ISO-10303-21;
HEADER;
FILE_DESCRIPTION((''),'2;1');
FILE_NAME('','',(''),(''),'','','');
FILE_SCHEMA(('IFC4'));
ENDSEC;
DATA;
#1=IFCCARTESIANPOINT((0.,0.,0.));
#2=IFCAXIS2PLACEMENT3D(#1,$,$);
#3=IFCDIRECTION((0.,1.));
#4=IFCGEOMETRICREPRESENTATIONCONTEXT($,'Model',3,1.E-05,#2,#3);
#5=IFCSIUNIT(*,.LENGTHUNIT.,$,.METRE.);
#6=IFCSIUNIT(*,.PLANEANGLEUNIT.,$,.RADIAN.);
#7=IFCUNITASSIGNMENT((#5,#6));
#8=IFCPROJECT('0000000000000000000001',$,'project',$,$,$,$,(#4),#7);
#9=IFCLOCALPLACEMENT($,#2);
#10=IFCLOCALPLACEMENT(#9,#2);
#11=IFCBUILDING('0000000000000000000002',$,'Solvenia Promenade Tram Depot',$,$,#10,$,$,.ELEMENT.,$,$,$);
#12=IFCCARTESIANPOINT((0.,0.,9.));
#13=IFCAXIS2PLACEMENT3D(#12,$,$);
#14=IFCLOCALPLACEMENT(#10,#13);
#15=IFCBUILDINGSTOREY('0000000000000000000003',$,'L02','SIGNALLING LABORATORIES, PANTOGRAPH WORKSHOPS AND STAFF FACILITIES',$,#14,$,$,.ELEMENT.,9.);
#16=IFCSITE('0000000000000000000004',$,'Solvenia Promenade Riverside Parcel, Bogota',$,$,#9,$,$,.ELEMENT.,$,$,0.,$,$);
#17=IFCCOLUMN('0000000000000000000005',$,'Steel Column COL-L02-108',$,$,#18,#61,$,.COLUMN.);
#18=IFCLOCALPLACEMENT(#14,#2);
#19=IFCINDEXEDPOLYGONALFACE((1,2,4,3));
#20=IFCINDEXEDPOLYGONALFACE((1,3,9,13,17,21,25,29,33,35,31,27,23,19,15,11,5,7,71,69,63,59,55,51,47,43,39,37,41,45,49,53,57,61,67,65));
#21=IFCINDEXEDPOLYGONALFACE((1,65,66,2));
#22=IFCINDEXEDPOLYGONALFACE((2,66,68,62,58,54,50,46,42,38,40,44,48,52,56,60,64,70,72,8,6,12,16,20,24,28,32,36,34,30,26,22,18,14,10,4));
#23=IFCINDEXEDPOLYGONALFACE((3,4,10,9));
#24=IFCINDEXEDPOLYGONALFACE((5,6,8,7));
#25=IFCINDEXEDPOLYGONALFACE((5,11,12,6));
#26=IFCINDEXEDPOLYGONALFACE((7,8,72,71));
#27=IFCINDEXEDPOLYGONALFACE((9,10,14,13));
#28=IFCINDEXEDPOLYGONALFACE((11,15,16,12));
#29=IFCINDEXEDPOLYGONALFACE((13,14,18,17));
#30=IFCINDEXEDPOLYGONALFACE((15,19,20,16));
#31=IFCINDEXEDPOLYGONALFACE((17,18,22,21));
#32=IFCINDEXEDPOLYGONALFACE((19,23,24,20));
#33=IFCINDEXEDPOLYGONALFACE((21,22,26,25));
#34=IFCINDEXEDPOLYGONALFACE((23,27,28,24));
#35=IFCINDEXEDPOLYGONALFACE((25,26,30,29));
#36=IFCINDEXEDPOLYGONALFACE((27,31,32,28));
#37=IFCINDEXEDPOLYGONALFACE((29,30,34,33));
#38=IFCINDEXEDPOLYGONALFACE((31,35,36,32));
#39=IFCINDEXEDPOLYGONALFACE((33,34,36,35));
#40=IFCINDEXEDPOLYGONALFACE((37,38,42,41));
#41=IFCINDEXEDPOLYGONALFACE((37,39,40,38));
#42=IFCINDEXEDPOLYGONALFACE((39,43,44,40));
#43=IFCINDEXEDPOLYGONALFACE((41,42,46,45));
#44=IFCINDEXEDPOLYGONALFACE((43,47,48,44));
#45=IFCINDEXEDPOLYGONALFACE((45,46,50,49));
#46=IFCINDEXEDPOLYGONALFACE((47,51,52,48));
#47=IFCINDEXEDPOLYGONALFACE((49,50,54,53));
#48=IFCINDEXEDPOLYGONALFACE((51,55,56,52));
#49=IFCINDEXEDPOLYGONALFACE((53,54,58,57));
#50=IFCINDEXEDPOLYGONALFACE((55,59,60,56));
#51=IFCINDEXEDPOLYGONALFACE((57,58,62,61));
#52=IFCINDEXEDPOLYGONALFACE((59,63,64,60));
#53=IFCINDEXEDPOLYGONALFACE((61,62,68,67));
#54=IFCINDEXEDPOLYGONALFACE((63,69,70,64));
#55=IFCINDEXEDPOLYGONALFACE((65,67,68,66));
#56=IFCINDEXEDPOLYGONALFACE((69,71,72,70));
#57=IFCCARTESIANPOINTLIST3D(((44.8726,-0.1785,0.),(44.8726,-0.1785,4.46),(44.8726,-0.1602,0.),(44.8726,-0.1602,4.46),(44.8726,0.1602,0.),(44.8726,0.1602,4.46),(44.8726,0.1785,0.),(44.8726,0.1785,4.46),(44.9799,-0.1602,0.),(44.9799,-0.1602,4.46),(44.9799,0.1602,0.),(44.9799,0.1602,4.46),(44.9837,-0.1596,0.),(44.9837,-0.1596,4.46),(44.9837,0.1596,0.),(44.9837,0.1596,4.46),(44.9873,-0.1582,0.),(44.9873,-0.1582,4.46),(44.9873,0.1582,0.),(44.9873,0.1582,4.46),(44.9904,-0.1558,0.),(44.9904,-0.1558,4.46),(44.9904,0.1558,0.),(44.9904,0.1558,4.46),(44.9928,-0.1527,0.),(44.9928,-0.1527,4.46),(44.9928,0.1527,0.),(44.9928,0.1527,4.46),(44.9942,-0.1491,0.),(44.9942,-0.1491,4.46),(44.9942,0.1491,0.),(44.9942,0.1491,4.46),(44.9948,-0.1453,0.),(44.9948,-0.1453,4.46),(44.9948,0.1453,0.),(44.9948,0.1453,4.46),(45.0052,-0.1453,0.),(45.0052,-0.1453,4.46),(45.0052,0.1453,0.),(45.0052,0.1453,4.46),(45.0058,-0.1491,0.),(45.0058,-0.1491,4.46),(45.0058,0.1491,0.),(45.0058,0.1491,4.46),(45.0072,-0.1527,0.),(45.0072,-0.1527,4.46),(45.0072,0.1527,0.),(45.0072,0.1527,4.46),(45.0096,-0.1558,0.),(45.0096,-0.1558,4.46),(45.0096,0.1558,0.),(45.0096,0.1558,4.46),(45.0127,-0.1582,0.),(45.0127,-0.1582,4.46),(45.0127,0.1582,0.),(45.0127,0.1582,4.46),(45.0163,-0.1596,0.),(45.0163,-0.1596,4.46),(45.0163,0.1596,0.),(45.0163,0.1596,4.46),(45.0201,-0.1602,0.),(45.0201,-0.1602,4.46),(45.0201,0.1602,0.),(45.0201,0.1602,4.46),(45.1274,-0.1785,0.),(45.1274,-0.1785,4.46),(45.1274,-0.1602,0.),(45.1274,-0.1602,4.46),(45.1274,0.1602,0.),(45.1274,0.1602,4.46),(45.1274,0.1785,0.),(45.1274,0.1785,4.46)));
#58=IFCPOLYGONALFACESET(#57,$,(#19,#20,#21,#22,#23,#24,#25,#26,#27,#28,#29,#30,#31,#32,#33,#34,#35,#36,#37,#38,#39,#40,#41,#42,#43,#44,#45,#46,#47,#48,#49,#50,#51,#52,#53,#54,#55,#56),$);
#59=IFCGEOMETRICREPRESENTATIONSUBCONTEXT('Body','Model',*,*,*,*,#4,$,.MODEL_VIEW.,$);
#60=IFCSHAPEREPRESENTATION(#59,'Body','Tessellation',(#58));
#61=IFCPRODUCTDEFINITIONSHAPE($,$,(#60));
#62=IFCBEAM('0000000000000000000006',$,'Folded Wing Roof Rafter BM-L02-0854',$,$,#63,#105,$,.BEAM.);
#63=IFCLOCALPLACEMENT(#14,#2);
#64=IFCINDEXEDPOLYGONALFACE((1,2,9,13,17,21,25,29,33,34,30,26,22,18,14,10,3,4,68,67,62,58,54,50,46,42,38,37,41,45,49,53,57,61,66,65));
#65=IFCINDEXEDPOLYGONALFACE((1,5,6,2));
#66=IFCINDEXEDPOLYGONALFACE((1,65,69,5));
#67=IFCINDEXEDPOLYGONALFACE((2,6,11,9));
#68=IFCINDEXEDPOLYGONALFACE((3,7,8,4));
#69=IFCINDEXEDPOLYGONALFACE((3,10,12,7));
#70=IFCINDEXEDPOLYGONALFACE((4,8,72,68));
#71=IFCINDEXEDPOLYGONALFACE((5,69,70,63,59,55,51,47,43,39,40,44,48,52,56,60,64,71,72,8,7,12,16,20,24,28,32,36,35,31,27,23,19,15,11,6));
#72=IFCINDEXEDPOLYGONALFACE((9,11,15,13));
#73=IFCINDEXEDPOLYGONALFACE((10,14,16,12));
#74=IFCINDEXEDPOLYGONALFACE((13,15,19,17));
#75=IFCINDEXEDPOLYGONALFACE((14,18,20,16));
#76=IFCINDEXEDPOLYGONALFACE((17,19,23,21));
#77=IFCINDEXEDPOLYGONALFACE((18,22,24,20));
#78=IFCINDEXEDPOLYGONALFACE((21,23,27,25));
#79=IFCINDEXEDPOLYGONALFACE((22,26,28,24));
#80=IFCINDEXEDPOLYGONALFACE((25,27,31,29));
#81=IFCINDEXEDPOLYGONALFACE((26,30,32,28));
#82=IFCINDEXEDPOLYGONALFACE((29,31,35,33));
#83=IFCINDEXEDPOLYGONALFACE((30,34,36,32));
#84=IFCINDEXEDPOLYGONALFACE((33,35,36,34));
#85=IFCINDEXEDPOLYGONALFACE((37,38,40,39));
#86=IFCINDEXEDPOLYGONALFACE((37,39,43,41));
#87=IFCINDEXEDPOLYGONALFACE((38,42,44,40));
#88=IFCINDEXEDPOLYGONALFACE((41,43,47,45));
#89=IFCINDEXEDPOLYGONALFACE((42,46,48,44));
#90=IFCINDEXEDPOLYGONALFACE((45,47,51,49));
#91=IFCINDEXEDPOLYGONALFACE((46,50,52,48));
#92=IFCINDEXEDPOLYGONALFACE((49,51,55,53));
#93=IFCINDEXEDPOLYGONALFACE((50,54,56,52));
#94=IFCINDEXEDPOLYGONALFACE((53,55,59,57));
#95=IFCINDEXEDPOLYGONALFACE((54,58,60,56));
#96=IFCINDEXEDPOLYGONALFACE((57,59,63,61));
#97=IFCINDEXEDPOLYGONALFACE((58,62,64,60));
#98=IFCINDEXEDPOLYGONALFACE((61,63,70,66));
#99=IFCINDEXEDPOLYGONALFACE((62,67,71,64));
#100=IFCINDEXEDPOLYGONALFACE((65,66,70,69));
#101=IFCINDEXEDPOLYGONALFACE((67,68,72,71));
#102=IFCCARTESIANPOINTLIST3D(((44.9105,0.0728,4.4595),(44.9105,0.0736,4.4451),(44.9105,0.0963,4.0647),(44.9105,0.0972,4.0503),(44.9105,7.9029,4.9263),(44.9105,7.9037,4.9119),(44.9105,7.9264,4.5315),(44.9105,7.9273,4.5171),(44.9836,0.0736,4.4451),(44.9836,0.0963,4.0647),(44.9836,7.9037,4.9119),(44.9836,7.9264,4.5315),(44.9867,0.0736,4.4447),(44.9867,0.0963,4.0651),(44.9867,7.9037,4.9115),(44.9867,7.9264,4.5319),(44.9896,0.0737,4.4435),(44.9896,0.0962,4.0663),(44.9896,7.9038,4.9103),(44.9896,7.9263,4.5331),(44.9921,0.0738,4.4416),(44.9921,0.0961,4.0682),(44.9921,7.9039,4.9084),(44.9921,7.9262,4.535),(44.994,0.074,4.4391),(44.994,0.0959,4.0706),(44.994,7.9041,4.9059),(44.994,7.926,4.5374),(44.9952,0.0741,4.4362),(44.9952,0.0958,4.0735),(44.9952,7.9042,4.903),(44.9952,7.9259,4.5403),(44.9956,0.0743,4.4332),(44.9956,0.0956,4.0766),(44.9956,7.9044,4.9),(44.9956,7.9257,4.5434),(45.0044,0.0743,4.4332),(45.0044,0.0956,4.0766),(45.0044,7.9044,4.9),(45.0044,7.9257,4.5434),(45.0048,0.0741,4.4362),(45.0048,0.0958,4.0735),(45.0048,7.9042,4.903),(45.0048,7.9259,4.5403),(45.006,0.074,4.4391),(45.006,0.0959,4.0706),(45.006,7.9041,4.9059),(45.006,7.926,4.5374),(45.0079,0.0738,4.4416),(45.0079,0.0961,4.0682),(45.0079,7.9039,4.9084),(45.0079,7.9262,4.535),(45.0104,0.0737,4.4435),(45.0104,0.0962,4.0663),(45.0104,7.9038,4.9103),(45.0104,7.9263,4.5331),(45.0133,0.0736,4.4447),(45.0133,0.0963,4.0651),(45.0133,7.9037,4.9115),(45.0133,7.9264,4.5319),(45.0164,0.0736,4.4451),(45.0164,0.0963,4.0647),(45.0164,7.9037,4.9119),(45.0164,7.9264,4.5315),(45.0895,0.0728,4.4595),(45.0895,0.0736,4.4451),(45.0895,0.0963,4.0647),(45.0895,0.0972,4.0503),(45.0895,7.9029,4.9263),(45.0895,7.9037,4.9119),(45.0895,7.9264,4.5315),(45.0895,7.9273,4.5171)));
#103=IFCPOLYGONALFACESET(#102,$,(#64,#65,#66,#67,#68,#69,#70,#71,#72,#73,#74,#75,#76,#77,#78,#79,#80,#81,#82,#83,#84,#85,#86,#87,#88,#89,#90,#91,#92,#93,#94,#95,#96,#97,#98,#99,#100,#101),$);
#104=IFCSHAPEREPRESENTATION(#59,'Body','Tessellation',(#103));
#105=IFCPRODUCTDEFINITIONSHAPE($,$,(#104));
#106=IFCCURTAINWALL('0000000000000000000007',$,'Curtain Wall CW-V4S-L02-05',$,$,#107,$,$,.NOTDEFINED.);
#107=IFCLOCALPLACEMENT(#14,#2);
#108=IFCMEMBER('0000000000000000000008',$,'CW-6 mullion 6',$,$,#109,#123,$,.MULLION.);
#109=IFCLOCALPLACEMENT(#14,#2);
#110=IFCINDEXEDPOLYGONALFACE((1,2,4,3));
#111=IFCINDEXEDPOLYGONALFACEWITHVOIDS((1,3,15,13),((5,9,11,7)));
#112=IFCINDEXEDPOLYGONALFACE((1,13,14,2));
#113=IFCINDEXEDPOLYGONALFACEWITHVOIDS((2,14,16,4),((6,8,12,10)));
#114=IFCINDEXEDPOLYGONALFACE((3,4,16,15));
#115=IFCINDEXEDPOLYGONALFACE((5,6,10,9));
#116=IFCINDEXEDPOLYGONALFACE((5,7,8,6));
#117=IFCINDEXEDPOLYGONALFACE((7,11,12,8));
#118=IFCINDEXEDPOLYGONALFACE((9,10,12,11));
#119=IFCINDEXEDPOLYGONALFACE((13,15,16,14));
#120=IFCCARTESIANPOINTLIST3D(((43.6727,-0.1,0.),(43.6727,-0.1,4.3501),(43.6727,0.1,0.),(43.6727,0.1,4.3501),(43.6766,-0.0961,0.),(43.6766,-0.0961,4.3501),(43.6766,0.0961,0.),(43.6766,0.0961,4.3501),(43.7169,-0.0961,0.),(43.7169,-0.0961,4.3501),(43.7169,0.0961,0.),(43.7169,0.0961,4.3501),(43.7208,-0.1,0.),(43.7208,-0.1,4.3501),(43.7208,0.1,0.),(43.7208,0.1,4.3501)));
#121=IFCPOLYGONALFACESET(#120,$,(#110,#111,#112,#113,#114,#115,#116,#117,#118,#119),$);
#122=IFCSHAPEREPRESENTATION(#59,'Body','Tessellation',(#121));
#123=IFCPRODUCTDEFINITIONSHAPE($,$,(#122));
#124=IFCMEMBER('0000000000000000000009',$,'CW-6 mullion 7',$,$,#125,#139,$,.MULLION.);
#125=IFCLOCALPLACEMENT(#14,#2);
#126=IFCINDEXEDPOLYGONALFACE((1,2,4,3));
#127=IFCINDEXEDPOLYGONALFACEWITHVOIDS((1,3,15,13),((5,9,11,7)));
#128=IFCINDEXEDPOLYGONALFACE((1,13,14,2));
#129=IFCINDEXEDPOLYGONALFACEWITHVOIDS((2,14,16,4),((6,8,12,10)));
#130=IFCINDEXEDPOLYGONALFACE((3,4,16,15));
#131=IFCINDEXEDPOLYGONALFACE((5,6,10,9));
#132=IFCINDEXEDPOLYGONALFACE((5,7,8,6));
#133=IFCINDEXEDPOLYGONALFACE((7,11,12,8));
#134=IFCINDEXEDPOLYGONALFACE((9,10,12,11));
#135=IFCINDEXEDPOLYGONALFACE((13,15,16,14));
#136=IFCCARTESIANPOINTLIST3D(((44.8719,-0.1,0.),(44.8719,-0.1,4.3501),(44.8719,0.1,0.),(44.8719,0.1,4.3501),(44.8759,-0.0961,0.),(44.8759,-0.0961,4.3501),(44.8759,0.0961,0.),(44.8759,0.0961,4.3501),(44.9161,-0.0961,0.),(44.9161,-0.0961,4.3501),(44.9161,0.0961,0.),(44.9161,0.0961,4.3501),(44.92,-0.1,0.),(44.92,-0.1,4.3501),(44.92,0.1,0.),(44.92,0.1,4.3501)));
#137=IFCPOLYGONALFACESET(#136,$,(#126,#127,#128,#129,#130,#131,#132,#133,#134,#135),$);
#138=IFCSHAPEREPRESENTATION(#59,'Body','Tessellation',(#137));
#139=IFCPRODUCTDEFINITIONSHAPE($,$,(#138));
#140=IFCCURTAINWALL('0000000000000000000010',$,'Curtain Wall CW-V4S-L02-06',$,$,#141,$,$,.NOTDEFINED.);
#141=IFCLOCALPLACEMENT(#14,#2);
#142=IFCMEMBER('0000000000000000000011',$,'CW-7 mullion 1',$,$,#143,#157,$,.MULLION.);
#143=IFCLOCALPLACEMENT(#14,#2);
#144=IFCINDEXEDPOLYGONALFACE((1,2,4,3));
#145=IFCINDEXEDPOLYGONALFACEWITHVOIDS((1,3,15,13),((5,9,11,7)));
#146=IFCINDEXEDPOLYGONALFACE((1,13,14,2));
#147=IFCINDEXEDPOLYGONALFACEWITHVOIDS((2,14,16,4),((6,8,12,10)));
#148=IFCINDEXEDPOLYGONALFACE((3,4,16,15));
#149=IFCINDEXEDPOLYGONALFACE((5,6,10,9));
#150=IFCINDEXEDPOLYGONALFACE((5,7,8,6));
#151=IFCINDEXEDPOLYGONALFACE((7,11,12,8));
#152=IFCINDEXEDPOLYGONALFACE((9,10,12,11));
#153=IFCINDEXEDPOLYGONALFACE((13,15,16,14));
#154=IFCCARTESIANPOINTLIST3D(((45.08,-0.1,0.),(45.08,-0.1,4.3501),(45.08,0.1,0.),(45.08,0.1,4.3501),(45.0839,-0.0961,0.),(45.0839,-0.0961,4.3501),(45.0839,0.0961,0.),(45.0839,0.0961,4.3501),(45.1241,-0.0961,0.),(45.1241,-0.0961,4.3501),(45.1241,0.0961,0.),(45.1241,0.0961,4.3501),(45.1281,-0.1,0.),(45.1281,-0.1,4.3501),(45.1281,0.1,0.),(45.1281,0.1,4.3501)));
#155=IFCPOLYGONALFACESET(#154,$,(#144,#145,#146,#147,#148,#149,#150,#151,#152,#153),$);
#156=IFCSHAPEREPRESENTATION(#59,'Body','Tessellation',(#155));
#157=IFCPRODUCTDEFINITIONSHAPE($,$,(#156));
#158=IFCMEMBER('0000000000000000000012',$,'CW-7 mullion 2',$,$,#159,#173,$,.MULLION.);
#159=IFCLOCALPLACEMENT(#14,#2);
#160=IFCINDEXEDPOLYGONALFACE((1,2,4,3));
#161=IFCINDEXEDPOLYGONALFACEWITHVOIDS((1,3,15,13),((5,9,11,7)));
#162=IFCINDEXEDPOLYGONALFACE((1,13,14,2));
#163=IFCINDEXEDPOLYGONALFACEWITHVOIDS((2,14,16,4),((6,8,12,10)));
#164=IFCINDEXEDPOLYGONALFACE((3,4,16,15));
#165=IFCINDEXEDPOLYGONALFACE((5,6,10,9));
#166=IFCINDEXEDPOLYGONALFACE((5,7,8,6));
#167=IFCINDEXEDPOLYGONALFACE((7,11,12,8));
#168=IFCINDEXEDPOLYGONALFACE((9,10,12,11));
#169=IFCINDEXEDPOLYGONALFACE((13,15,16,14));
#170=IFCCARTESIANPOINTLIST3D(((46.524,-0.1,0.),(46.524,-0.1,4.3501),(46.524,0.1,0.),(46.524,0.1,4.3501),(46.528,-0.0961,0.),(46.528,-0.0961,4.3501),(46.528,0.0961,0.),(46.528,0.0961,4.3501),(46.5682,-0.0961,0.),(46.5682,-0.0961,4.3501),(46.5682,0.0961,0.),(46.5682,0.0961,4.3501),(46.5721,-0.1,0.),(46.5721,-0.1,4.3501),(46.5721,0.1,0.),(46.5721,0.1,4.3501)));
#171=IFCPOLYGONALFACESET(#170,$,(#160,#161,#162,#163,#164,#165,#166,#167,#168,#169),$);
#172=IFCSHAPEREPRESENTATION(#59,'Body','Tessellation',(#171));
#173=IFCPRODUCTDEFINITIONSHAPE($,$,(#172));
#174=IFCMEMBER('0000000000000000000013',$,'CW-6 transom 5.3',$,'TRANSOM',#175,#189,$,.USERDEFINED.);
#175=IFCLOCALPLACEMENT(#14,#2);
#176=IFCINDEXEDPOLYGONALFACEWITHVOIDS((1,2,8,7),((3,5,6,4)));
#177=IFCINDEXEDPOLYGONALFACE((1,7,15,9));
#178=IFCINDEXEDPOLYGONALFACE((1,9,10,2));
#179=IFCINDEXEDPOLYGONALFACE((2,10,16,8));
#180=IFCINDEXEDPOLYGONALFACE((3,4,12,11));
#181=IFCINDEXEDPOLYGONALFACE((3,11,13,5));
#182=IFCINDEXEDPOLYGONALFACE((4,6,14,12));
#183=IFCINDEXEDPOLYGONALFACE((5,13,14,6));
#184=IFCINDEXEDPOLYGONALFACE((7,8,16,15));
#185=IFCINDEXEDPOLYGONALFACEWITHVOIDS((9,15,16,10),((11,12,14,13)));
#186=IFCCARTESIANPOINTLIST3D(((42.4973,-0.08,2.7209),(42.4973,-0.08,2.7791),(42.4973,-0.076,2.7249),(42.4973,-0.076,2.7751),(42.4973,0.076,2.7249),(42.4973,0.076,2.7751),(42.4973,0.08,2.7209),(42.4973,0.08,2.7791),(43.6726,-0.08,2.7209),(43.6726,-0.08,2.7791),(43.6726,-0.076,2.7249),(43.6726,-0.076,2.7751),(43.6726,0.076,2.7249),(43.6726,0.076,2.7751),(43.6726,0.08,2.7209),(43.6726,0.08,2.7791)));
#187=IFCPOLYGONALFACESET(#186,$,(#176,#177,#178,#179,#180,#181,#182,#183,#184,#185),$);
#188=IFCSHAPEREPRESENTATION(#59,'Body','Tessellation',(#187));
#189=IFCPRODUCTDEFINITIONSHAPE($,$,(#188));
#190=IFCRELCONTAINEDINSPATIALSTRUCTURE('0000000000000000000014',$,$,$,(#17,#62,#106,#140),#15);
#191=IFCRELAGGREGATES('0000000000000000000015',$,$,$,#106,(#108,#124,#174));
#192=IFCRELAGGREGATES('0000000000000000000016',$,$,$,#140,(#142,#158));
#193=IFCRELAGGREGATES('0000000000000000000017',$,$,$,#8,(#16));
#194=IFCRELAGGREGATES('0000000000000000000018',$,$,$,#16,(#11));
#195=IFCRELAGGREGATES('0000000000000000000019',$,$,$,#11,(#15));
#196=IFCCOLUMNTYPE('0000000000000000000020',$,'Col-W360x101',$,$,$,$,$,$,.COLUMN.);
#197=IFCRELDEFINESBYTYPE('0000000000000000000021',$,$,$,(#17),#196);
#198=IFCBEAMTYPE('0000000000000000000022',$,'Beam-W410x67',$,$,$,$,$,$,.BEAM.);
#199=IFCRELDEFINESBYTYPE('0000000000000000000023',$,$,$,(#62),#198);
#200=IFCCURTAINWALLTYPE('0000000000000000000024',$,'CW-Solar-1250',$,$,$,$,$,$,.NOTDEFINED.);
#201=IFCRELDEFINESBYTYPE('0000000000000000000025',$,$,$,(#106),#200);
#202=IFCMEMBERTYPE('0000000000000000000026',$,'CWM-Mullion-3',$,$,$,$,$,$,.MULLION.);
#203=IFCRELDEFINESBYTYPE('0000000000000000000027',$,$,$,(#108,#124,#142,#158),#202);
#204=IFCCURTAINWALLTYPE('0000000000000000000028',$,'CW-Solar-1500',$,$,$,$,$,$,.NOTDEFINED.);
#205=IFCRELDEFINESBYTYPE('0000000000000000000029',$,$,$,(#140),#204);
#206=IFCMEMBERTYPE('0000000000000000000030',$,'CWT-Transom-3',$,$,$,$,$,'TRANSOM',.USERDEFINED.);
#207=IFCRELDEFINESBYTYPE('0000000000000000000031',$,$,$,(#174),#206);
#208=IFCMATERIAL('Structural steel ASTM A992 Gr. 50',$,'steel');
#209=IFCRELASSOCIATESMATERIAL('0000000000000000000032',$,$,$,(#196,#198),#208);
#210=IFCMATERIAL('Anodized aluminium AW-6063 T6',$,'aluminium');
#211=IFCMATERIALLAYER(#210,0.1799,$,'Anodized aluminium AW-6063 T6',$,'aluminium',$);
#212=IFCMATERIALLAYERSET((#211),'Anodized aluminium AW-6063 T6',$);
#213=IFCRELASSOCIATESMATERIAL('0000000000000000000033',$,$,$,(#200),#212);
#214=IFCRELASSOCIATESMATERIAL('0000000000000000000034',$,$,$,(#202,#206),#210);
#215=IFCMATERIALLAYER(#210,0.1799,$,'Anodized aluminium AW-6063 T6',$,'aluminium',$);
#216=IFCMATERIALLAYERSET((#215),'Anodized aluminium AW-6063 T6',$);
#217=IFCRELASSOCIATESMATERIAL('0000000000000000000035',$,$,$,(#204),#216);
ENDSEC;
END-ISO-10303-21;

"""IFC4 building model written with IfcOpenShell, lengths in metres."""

from ifc_helpers import new_model, si_unit, direction, frame, origin, origin_2d, place, context, subcontext, project, spatial, hollow_rectangle, i_section, extrude, material, layer, layer_set, material_profile, profile_set, type_object, element, aggregate, save


model = new_model("IFC4")

# Units and contexts
model_context = context("Model", 3, precision=1e-05, world=origin(), true_north=direction((0.0, 1.0)))
body_context = subcontext(model_context, "Body", "Model", "MODEL_VIEW")
ifc_project = project(units=[si_unit("LENGTHUNIT", "METRE"), si_unit("PLANEANGLEUNIT", "RADIAN")], contexts=[model_context])

# Site, building, storey
site_placement = place(None, origin())
site = spatial("IfcSite", under=ifc_project, at=site_placement, Name="Solvenia Promenade Riverside Parcel, Bogota", CompositionType="ELEMENT", RefElevation=0.0)
building_placement = place(site_placement, origin())
building = spatial("IfcBuilding", under=site, at=building_placement, Name="Solvenia Promenade Tram Depot", CompositionType="ELEMENT")
storey_placement = place(building_placement, frame((0.0, 0.0, 9.0)))
storey = spatial("IfcBuildingStorey", under=building, at=storey_placement, Name="L02", Description="SIGNALLING LABORATORIES, PANTOGRAPH WORKSHOPS AND STAFF FACILITIES", CompositionType="ELEMENT", Elevation=9.0)

# Column
ifc_material_1 = material(Name="Structural steel ASTM A992 Gr. 50", Category="steel")
ifc_material_profile_1 = material_profile(ifc_material_1, i_section(OverallWidth=0.2549, OverallDepth=0.3569, WebThickness=0.0105, FlangeThickness=0.0183, FilletRadius=0.0149, at=origin_2d()), Name="W360x101", Category="steel")
ifc_profile_set_1 = profile_set([ifc_material_profile_1], Name="Structural steel ASTM A992 Gr. 50")
column_type = type_object("IfcColumnType", Name="Col-W360x101", PredefinedType="COLUMN", material=ifc_profile_set_1)
column_placement = place(storey_placement, frame((45.0, 0.0, 0.0), z_axis=(0.0, 0.0, 1.0), x_axis=(1.0, 0.0, 0.0)))
element("IfcColumn", 1, at=column_placement, inside=storey, type_object=column_type, Name="Steel Column COL-L02-108", PredefinedType="COLUMN", context=body_context, shape_type="SweptSolid", body=[
    extrude(i_section(OverallWidth=0.2549, OverallDepth=0.3569, WebThickness=0.0105, FlangeThickness=0.0183, FilletRadius=0.0149, at=origin_2d()), origin(), (0.0, 0.0, 1.0), 4.46),
])

# Beam
ifc_material_profile_2 = material_profile(ifc_material_1, i_section(OverallWidth=0.179, OverallDepth=0.4099, WebThickness=0.0088, FlangeThickness=0.0144, FilletRadius=0.012, at=origin_2d()), Name="W410x67", Category="steel")
ifc_profile_set_2 = profile_set([ifc_material_profile_2], Name="Structural steel ASTM A992 Gr. 50")
beam_type_1 = type_object("IfcBeamType", Name="Beam-W410x67", PredefinedType="BEAM", material=ifc_profile_set_2)
beam_1_placement = place(storey_placement, frame((45.0, 0.085, 4.2549), z_axis=(0.0, 0.998228, 0.05951), x_axis=(-1.0, 0.0, 0.0)))
element("IfcBeam", 2, at=beam_1_placement, inside=storey, type_object=beam_type_1, Name="Folded Wing Roof Rafter BM-L02-0854", PredefinedType="BEAM", context=body_context, shape_type="SweptSolid", body=[
    extrude(i_section(OverallWidth=0.179, OverallDepth=0.4099, WebThickness=0.0088, FlangeThickness=0.0144, FilletRadius=0.012, at=origin_2d()), origin(), (0.0, 0.0, 1.0), 7.844),
])

# Curtain walls, members
ifc_material_2 = material(Name="Anodized aluminium AW-6063 T6", Category="aluminium")
ifc_layer_1 = layer(ifc_material_2, 0.1799, Name="Anodized aluminium AW-6063 T6", Category="aluminium")
ifc_layer_set_1 = layer_set([ifc_layer_1], Name="Anodized aluminium AW-6063 T6")
curtain_wall_type_1 = type_object("IfcCurtainWallType", Name="CW-Solar-1250", PredefinedType="NOTDEFINED", material=ifc_layer_set_1)
curtain_wall_1_placement = place(storey_placement, origin())
curtain_wall_1 = element("IfcCurtainWall", 3, at=curtain_wall_1_placement, inside=storey, type_object=curtain_wall_type_1, Name="Curtain Wall CW-V4S-L02-05", PredefinedType="NOTDEFINED")
ifc_material_profile_3 = material_profile(ifc_material_2, hollow_rectangle(XDim=0.2, YDim=0.0481, WallThickness=0.0039, at=origin_2d()), Name="ALU-M3", Category="aluminium")
ifc_profile_set_3 = profile_set([ifc_material_profile_3], Name="Anodized aluminium AW-6063 T6")
member_type_1 = type_object("IfcMemberType", Name="CWM-Mullion-3", PredefinedType="MULLION", material=ifc_profile_set_3)
member_1_placement = place(storey_placement, frame((43.6968, 0.0, 0.0), z_axis=(0.0, 0.0, 1.0), x_axis=(0.0, 1.0, 0.0)))
member_1 = element("IfcMember", 4, at=member_1_placement, type_object=member_type_1, Name="CW-6 mullion 6", PredefinedType="MULLION", context=body_context, shape_type="SweptSolid", body=[
    extrude(hollow_rectangle(XDim=0.2, YDim=0.0481, WallThickness=0.0039, at=origin_2d()), origin(), (0.0, 0.0, 1.0), 4.3501),
])
member_2_placement = place(storey_placement, frame((44.896, 0.0, 0.0), z_axis=(0.0, 0.0, 1.0), x_axis=(0.0, 1.0, 0.0)))
member_2 = element("IfcMember", 5, at=member_2_placement, type_object=member_type_1, Name="CW-6 mullion 7", PredefinedType="MULLION", context=body_context, shape_type="SweptSolid", body=[
    extrude(hollow_rectangle(XDim=0.2, YDim=0.0481, WallThickness=0.0039, at=origin_2d()), origin(), (0.0, 0.0, 1.0), 4.3501),
])
ifc_layer_2 = layer(ifc_material_2, 0.1799, Name="Anodized aluminium AW-6063 T6", Category="aluminium")
ifc_layer_set_2 = layer_set([ifc_layer_2], Name="Anodized aluminium AW-6063 T6")
curtain_wall_type_2 = type_object("IfcCurtainWallType", Name="CW-Solar-1500", PredefinedType="NOTDEFINED", material=ifc_layer_set_2)
curtain_wall_2_placement = place(storey_placement, origin())
curtain_wall_2 = element("IfcCurtainWall", 6, at=curtain_wall_2_placement, inside=storey, type_object=curtain_wall_type_2, Name="Curtain Wall CW-V4S-L02-06", PredefinedType="NOTDEFINED")
member_3_placement = place(storey_placement, frame((45.104, 0.0, 0.0), z_axis=(0.0, 0.0, 1.0), x_axis=(0.0, 1.0, 0.0)))
member_3 = element("IfcMember", 7, at=member_3_placement, type_object=member_type_1, Name="CW-7 mullion 1", PredefinedType="MULLION", context=body_context, shape_type="SweptSolid", body=[
    extrude(hollow_rectangle(XDim=0.2, YDim=0.0481, WallThickness=0.0039, at=origin_2d()), origin(), (0.0, 0.0, 1.0), 4.3501),
])
member_4_placement = place(storey_placement, frame((46.5481, 0.0, 0.0), z_axis=(0.0, 0.0, 1.0), x_axis=(0.0, 1.0, 0.0)))
member_4 = element("IfcMember", 8, at=member_4_placement, type_object=member_type_1, Name="CW-7 mullion 2", PredefinedType="MULLION", context=body_context, shape_type="SweptSolid", body=[
    extrude(hollow_rectangle(XDim=0.2, YDim=0.0481, WallThickness=0.0039, at=origin_2d()), origin(), (0.0, 0.0, 1.0), 4.3501),
])

# Member
ifc_material_profile_4 = material_profile(ifc_material_2, hollow_rectangle(XDim=0.1599, YDim=0.0581, WallThickness=0.0039, at=origin_2d()), Name="ALU-T3", Category="aluminium")
ifc_profile_set_4 = profile_set([ifc_material_profile_4], Name="Anodized aluminium AW-6063 T6")
member_type_2 = type_object("IfcMemberType", Name="CWT-Transom-3", ElementType="TRANSOM", PredefinedType="USERDEFINED", material=ifc_profile_set_4)
member_5_placement = place(storey_placement, frame((42.4973, 0.0, 2.75), z_axis=(1.0, 0.0, 0.0), x_axis=(0.0, 1.0, 0.0)))
member_5 = element("IfcMember", 9, at=member_5_placement, type_object=member_type_2, Name="CW-6 transom 5.3", ObjectType="TRANSOM", PredefinedType="USERDEFINED", context=body_context, shape_type="SweptSolid", body=[
    extrude(hollow_rectangle(XDim=0.1599, YDim=0.0581, WallThickness=0.0039, at=origin_2d()), origin(), (0.0, 0.0, 1.0), 1.1753),
])

aggregate(curtain_wall_1, [member_1, member_2, member_5])
aggregate(curtain_wall_2, [member_3, member_4])

save(model, "model.ifc")
